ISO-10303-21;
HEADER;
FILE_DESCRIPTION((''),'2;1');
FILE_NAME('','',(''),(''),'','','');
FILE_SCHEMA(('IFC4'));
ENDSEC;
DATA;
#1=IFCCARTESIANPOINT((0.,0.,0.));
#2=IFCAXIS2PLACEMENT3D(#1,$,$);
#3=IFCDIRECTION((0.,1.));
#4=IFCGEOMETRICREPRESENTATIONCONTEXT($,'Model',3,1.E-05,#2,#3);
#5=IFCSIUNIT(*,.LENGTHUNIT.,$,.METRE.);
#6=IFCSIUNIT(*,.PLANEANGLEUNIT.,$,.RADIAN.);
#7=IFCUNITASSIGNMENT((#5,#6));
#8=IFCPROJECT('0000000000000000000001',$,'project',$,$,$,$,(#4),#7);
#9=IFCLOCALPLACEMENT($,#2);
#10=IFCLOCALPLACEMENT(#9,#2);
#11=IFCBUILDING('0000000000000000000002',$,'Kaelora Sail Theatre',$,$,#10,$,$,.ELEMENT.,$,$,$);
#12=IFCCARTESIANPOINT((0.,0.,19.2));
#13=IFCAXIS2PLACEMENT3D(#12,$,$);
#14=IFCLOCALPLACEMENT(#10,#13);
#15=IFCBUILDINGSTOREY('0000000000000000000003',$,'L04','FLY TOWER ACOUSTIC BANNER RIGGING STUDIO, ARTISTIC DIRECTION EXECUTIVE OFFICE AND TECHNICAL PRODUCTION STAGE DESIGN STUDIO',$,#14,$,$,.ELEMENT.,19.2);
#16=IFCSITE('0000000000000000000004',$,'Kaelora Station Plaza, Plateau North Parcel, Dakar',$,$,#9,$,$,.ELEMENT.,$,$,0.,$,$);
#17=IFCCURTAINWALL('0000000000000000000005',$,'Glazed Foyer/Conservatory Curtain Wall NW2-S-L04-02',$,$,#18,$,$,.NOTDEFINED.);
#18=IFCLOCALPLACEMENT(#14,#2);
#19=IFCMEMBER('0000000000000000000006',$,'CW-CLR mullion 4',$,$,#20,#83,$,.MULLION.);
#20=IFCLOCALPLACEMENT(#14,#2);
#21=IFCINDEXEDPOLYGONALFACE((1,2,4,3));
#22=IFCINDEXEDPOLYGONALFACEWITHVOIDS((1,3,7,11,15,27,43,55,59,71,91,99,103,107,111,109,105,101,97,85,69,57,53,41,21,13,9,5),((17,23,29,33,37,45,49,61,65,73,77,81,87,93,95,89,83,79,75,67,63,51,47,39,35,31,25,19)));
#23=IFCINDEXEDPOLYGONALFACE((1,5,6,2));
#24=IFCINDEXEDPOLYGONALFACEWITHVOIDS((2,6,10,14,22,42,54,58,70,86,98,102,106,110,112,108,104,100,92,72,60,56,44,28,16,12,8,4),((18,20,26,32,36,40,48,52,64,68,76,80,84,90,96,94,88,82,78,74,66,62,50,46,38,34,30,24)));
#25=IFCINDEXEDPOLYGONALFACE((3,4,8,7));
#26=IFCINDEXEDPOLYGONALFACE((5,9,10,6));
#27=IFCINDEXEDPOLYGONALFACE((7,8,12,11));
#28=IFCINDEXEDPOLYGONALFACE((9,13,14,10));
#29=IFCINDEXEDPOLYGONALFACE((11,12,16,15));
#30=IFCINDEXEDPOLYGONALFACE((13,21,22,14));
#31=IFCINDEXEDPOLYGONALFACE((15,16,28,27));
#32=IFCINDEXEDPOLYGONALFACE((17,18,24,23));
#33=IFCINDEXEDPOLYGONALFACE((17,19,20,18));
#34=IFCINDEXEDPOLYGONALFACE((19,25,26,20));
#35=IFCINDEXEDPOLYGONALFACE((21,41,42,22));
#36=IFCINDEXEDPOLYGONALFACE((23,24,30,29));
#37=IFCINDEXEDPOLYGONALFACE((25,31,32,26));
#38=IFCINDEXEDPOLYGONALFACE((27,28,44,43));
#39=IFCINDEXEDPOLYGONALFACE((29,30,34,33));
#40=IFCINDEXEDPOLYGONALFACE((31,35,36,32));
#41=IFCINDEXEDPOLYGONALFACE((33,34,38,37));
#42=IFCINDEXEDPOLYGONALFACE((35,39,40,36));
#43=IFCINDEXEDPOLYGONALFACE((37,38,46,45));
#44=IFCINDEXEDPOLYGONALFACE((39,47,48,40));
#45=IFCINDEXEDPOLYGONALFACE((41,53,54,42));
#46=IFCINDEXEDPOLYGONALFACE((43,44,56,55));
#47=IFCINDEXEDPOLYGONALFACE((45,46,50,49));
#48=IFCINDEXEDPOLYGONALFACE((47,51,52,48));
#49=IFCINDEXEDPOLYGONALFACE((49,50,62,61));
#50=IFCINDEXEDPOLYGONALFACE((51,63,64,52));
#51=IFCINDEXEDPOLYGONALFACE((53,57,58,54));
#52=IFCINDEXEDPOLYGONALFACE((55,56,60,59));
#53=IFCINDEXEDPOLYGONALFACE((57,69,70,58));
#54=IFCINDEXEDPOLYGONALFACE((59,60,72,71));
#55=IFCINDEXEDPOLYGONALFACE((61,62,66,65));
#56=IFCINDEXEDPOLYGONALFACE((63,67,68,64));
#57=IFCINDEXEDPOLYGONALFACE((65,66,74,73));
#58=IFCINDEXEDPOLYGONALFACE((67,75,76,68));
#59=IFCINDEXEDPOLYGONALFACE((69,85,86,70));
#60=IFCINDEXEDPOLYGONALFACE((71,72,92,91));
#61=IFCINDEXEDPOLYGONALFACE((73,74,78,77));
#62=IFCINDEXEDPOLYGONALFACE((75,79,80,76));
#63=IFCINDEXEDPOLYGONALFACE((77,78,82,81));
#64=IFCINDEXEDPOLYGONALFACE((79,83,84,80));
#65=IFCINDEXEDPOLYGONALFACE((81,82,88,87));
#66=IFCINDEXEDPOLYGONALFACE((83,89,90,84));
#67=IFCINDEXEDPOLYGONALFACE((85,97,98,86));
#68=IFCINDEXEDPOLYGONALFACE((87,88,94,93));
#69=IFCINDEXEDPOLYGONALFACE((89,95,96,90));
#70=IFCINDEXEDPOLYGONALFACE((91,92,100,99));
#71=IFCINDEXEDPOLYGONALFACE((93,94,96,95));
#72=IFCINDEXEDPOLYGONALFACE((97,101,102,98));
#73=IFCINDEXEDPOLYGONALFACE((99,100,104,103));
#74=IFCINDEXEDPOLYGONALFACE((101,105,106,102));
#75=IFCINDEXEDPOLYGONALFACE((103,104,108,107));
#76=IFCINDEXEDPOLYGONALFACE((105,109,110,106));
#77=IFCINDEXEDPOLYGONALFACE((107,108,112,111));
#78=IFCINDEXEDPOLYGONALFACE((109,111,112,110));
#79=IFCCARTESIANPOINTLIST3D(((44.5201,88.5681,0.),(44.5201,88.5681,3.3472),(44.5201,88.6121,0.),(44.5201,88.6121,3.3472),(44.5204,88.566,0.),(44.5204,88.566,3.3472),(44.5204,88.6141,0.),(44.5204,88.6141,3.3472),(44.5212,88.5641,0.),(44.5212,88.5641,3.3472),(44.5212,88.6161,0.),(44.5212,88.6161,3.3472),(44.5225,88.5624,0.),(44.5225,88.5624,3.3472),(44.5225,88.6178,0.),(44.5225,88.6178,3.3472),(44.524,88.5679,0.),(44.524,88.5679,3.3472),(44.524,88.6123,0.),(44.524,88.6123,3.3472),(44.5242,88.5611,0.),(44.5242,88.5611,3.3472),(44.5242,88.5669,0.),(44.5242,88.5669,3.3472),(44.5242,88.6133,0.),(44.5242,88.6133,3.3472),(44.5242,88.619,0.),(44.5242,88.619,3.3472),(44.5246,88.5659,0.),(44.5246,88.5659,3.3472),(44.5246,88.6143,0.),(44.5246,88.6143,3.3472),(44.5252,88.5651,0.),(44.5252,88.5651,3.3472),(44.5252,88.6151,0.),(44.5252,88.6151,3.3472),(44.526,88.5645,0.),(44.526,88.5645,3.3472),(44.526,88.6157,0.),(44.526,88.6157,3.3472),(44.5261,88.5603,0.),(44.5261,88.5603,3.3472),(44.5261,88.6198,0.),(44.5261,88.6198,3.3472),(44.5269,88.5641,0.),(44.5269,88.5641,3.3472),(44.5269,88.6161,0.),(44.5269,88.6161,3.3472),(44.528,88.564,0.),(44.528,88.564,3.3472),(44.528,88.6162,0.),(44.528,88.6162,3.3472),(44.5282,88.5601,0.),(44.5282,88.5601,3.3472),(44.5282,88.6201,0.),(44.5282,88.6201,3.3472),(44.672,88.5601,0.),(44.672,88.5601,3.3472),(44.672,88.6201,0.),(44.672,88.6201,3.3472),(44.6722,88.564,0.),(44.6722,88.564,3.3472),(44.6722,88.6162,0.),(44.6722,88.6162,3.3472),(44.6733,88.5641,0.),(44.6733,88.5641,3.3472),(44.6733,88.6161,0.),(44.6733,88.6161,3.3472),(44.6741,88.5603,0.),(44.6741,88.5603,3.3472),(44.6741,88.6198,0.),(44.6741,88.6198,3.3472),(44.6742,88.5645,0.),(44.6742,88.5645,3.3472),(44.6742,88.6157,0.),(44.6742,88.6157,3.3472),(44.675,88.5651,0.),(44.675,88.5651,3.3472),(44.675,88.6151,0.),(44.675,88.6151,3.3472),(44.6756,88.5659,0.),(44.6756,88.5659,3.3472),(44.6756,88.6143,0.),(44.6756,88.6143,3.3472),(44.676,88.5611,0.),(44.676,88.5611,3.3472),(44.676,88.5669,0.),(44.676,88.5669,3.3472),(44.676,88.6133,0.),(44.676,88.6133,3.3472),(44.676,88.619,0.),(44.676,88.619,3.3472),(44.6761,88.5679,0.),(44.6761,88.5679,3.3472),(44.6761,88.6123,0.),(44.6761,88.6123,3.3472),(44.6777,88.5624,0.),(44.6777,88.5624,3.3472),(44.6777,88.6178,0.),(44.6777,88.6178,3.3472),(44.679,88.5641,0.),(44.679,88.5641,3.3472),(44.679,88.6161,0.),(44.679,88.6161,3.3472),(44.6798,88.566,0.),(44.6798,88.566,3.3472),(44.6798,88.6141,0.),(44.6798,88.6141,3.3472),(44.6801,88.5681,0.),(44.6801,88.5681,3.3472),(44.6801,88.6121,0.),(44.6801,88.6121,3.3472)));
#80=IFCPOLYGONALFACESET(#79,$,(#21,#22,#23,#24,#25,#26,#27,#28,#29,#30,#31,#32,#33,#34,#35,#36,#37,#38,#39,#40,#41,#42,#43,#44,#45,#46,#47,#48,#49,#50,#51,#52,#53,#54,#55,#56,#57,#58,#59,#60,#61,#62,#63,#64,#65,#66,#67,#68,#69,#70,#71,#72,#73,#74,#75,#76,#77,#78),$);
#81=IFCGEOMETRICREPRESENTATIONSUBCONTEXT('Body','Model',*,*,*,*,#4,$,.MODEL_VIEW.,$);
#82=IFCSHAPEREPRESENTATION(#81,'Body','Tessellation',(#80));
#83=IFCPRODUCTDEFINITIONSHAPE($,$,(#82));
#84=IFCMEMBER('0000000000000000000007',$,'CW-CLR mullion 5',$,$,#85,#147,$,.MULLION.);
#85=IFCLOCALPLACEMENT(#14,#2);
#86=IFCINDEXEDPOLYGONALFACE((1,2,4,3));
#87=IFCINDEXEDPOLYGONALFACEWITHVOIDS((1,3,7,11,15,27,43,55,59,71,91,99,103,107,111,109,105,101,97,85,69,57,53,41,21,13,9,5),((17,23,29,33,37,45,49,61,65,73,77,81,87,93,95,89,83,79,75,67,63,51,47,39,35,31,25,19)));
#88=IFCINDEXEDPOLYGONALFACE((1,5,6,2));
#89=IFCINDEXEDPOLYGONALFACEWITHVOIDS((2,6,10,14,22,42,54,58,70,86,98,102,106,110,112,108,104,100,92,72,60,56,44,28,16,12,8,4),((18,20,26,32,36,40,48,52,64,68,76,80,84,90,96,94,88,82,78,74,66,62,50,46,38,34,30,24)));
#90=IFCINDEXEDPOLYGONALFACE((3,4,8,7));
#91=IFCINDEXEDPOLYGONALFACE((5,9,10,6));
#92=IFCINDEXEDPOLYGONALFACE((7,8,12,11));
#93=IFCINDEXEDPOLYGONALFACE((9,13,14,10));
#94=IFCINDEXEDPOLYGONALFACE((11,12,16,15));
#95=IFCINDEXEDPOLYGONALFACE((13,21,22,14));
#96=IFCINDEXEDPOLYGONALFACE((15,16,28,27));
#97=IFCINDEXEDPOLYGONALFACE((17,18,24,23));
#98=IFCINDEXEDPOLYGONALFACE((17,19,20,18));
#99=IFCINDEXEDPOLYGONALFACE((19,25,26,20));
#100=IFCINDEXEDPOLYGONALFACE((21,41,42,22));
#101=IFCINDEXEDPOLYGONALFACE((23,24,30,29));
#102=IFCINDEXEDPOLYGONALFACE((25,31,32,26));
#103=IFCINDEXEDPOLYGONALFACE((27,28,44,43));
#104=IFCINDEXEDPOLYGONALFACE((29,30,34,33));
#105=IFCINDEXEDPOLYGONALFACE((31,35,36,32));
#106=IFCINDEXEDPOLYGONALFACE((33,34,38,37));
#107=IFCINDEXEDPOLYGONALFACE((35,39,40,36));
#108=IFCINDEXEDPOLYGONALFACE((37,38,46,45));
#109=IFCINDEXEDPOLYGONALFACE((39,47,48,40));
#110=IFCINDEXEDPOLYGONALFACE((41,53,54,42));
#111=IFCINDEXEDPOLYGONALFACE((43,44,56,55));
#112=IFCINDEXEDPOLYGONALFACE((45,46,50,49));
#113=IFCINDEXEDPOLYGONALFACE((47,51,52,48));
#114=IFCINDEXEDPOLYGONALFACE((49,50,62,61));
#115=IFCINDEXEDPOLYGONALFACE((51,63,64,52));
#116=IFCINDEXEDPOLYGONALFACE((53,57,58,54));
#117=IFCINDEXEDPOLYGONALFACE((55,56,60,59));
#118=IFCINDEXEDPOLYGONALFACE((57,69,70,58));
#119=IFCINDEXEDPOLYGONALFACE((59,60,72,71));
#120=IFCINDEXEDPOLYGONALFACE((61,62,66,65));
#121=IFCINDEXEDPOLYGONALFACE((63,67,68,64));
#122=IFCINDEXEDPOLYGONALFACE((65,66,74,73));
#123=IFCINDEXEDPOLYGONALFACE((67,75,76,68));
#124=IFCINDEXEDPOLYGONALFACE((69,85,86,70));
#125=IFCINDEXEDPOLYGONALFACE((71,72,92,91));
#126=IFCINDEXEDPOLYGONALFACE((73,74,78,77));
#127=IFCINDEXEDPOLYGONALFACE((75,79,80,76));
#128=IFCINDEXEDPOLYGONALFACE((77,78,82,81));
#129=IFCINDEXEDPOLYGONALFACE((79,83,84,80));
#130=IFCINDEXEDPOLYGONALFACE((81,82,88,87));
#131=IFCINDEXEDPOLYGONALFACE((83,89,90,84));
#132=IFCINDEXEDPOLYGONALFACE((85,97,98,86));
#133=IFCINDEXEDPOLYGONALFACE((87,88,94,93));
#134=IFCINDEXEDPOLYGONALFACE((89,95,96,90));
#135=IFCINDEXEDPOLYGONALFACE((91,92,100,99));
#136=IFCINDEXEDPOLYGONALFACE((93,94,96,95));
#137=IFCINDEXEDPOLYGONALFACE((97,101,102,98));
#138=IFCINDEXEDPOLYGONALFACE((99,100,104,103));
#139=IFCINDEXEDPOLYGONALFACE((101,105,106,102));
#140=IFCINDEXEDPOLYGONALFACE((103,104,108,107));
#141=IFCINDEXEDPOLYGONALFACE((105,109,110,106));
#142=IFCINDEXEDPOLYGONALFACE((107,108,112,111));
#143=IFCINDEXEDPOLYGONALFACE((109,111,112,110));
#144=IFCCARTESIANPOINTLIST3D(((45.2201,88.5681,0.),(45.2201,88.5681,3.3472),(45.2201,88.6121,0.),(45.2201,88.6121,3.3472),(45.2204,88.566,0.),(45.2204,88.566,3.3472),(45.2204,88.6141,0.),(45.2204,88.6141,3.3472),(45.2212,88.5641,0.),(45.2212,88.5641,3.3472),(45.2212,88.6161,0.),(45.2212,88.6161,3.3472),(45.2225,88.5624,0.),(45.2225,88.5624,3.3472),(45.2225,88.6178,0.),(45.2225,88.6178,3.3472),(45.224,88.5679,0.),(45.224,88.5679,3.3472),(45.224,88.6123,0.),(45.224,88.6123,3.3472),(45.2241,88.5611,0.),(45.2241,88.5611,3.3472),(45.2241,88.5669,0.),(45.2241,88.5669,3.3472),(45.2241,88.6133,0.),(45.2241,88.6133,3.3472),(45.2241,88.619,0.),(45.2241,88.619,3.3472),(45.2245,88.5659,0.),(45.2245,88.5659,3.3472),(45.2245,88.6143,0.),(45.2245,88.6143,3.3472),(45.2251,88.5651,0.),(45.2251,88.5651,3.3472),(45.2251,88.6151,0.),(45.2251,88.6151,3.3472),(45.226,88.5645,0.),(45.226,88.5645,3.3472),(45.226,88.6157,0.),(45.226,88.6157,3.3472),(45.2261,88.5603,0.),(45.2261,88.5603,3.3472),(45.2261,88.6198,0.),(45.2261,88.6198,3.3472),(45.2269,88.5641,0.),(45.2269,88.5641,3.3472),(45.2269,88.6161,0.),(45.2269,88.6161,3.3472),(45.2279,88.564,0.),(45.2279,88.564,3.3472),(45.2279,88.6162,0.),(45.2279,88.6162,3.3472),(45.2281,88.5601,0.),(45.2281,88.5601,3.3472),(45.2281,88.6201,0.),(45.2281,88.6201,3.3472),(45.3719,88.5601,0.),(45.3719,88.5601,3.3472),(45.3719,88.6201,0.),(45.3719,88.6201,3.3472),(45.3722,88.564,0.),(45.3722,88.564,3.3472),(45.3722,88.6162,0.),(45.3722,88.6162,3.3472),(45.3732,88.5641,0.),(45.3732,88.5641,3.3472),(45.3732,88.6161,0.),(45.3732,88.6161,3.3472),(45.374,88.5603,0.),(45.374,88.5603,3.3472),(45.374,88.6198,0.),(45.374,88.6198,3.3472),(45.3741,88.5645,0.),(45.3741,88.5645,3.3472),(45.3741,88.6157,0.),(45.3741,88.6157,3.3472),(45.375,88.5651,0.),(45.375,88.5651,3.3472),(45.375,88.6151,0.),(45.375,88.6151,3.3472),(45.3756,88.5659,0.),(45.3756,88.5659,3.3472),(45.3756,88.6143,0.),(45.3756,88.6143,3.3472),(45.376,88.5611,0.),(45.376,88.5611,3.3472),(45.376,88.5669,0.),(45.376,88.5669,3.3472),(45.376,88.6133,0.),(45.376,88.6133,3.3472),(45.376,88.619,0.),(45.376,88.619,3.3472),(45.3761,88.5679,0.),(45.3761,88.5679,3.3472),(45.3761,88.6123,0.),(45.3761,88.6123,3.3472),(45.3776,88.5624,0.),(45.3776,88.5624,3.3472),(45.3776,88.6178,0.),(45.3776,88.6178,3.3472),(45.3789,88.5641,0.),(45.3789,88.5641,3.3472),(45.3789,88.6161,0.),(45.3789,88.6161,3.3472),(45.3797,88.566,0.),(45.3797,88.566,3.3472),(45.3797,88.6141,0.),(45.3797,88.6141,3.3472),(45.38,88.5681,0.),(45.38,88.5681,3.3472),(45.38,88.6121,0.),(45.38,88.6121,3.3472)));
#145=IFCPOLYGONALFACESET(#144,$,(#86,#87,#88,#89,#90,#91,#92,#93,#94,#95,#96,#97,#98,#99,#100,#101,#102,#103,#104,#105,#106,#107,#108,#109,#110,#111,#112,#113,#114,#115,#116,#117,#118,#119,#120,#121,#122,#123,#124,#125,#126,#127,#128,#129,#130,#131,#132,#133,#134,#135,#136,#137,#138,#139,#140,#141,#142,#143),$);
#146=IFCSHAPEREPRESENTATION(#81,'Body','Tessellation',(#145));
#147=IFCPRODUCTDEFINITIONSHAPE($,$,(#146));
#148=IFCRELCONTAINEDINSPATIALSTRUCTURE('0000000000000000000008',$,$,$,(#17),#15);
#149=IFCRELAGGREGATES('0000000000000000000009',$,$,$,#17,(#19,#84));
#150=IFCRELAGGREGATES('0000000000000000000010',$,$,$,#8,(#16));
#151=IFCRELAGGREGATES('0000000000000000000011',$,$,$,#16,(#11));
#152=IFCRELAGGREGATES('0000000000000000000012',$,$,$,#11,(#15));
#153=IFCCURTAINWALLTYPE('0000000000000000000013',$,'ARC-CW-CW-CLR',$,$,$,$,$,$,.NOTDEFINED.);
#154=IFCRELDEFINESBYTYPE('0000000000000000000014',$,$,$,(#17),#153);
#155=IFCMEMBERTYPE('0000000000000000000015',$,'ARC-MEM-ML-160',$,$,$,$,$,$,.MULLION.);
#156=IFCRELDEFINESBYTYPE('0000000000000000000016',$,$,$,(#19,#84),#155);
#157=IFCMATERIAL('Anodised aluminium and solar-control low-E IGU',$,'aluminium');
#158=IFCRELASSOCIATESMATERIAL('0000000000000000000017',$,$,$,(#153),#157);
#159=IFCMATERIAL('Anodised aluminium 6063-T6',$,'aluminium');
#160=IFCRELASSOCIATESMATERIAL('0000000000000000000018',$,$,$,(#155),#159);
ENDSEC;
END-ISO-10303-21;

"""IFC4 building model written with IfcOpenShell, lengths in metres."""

from ifc_helpers import new_model, si_unit, direction, frame, origin, origin_2d, place, context, subcontext, project, spatial, hollow_rectangle, extrude, material, material_profile, profile_set, type_object, element, aggregate, save


model = new_model("IFC4")

# Units and contexts
model_context = context("Model", 3, precision=1e-05, world=origin(), true_north=direction((0.0, 1.0)))
body_context = subcontext(model_context, "Body", "Model", "MODEL_VIEW")
ifc_project = project(units=[si_unit("LENGTHUNIT", "METRE"), si_unit("PLANEANGLEUNIT", "RADIAN")], contexts=[model_context])

# Site, building, storey
site_placement = place(None, origin())
site = spatial("IfcSite", under=ifc_project, at=site_placement, Name="Kaelora Station Plaza, Plateau North Parcel, Dakar", CompositionType="ELEMENT", RefElevation=0.0)
building_placement = place(site_placement, origin())
building = spatial("IfcBuilding", under=site, at=building_placement, Name="Kaelora Sail Theatre", CompositionType="ELEMENT")
storey_placement = place(building_placement, frame((0.0, 0.0, 19.2)))
storey = spatial("IfcBuildingStorey", under=building, at=storey_placement, Name="L04", Description="FLY TOWER ACOUSTIC BANNER RIGGING STUDIO, ARTISTIC DIRECTION EXECUTIVE OFFICE AND TECHNICAL PRODUCTION STAGE DESIGN STUDIO", CompositionType="ELEMENT", Elevation=19.2)

# Curtain wall, members
ifc_material_1 = material(Name="Anodised aluminium and solar-control low-E IGU", Category="aluminium")
curtain_wall_type = type_object("IfcCurtainWallType", Name="ARC-CW-CW-CLR", PredefinedType="NOTDEFINED", material=ifc_material_1)
curtain_wall_placement = place(storey_placement, origin())
curtain_wall = element("IfcCurtainWall", 1, at=curtain_wall_placement, inside=storey, type_object=curtain_wall_type, Name="Glazed Foyer/Conservatory Curtain Wall NW2-S-L04-02", PredefinedType="NOTDEFINED")
ifc_material_2 = material(Name="Anodised aluminium 6063-T6", Category="aluminium")
ifc_material_profile_1 = material_profile(ifc_material_2, hollow_rectangle(XDim=0.0601, YDim=0.1599, WallThickness=0.0039, InnerFilletRadius=0.0039, OuterFilletRadius=0.0081, at=origin_2d()), Name="ALU-MULL 60x160x4")
ifc_profile_set_1 = profile_set([ifc_material_profile_1], Name="Anodised aluminium 6063-T6")
member_type_1 = type_object("IfcMemberType", Name="ARC-MEM-ML-160", PredefinedType="MULLION", material=ifc_profile_set_1)
member_1_placement = place(storey_placement, frame((44.6001, 88.5901, 0.0), z_axis=(0.0, 0.0, 1.0), x_axis=(0.0, 1.0, 0.0)))
member_1 = element("IfcMember", 2, at=member_1_placement, type_object=member_type_1, Name="CW-CLR mullion 4", PredefinedType="MULLION", context=body_context, shape_type="SweptSolid", body=[
    extrude(hollow_rectangle(XDim=0.0601, YDim=0.1599, WallThickness=0.0039, InnerFilletRadius=0.0039, OuterFilletRadius=0.0081, at=origin_2d()), origin(), (0.0, 0.0, 1.0), 3.3472),
])
member_2_placement = place(storey_placement, frame((45.3, 88.5901, 0.0), z_axis=(0.0, 0.0, 1.0), x_axis=(0.0, 1.0, 0.0)))
member_2 = element("IfcMember", 3, at=member_2_placement, type_object=member_type_1, Name="CW-CLR mullion 5", PredefinedType="MULLION", context=body_context, shape_type="SweptSolid", body=[
    extrude(hollow_rectangle(XDim=0.0601, YDim=0.1599, WallThickness=0.0039, InnerFilletRadius=0.0039, OuterFilletRadius=0.0081, at=origin_2d()), origin(), (0.0, 0.0, 1.0), 3.3472),
])
aggregate(curtain_wall, [member_1, member_2])

save(model, "model.ifc")
